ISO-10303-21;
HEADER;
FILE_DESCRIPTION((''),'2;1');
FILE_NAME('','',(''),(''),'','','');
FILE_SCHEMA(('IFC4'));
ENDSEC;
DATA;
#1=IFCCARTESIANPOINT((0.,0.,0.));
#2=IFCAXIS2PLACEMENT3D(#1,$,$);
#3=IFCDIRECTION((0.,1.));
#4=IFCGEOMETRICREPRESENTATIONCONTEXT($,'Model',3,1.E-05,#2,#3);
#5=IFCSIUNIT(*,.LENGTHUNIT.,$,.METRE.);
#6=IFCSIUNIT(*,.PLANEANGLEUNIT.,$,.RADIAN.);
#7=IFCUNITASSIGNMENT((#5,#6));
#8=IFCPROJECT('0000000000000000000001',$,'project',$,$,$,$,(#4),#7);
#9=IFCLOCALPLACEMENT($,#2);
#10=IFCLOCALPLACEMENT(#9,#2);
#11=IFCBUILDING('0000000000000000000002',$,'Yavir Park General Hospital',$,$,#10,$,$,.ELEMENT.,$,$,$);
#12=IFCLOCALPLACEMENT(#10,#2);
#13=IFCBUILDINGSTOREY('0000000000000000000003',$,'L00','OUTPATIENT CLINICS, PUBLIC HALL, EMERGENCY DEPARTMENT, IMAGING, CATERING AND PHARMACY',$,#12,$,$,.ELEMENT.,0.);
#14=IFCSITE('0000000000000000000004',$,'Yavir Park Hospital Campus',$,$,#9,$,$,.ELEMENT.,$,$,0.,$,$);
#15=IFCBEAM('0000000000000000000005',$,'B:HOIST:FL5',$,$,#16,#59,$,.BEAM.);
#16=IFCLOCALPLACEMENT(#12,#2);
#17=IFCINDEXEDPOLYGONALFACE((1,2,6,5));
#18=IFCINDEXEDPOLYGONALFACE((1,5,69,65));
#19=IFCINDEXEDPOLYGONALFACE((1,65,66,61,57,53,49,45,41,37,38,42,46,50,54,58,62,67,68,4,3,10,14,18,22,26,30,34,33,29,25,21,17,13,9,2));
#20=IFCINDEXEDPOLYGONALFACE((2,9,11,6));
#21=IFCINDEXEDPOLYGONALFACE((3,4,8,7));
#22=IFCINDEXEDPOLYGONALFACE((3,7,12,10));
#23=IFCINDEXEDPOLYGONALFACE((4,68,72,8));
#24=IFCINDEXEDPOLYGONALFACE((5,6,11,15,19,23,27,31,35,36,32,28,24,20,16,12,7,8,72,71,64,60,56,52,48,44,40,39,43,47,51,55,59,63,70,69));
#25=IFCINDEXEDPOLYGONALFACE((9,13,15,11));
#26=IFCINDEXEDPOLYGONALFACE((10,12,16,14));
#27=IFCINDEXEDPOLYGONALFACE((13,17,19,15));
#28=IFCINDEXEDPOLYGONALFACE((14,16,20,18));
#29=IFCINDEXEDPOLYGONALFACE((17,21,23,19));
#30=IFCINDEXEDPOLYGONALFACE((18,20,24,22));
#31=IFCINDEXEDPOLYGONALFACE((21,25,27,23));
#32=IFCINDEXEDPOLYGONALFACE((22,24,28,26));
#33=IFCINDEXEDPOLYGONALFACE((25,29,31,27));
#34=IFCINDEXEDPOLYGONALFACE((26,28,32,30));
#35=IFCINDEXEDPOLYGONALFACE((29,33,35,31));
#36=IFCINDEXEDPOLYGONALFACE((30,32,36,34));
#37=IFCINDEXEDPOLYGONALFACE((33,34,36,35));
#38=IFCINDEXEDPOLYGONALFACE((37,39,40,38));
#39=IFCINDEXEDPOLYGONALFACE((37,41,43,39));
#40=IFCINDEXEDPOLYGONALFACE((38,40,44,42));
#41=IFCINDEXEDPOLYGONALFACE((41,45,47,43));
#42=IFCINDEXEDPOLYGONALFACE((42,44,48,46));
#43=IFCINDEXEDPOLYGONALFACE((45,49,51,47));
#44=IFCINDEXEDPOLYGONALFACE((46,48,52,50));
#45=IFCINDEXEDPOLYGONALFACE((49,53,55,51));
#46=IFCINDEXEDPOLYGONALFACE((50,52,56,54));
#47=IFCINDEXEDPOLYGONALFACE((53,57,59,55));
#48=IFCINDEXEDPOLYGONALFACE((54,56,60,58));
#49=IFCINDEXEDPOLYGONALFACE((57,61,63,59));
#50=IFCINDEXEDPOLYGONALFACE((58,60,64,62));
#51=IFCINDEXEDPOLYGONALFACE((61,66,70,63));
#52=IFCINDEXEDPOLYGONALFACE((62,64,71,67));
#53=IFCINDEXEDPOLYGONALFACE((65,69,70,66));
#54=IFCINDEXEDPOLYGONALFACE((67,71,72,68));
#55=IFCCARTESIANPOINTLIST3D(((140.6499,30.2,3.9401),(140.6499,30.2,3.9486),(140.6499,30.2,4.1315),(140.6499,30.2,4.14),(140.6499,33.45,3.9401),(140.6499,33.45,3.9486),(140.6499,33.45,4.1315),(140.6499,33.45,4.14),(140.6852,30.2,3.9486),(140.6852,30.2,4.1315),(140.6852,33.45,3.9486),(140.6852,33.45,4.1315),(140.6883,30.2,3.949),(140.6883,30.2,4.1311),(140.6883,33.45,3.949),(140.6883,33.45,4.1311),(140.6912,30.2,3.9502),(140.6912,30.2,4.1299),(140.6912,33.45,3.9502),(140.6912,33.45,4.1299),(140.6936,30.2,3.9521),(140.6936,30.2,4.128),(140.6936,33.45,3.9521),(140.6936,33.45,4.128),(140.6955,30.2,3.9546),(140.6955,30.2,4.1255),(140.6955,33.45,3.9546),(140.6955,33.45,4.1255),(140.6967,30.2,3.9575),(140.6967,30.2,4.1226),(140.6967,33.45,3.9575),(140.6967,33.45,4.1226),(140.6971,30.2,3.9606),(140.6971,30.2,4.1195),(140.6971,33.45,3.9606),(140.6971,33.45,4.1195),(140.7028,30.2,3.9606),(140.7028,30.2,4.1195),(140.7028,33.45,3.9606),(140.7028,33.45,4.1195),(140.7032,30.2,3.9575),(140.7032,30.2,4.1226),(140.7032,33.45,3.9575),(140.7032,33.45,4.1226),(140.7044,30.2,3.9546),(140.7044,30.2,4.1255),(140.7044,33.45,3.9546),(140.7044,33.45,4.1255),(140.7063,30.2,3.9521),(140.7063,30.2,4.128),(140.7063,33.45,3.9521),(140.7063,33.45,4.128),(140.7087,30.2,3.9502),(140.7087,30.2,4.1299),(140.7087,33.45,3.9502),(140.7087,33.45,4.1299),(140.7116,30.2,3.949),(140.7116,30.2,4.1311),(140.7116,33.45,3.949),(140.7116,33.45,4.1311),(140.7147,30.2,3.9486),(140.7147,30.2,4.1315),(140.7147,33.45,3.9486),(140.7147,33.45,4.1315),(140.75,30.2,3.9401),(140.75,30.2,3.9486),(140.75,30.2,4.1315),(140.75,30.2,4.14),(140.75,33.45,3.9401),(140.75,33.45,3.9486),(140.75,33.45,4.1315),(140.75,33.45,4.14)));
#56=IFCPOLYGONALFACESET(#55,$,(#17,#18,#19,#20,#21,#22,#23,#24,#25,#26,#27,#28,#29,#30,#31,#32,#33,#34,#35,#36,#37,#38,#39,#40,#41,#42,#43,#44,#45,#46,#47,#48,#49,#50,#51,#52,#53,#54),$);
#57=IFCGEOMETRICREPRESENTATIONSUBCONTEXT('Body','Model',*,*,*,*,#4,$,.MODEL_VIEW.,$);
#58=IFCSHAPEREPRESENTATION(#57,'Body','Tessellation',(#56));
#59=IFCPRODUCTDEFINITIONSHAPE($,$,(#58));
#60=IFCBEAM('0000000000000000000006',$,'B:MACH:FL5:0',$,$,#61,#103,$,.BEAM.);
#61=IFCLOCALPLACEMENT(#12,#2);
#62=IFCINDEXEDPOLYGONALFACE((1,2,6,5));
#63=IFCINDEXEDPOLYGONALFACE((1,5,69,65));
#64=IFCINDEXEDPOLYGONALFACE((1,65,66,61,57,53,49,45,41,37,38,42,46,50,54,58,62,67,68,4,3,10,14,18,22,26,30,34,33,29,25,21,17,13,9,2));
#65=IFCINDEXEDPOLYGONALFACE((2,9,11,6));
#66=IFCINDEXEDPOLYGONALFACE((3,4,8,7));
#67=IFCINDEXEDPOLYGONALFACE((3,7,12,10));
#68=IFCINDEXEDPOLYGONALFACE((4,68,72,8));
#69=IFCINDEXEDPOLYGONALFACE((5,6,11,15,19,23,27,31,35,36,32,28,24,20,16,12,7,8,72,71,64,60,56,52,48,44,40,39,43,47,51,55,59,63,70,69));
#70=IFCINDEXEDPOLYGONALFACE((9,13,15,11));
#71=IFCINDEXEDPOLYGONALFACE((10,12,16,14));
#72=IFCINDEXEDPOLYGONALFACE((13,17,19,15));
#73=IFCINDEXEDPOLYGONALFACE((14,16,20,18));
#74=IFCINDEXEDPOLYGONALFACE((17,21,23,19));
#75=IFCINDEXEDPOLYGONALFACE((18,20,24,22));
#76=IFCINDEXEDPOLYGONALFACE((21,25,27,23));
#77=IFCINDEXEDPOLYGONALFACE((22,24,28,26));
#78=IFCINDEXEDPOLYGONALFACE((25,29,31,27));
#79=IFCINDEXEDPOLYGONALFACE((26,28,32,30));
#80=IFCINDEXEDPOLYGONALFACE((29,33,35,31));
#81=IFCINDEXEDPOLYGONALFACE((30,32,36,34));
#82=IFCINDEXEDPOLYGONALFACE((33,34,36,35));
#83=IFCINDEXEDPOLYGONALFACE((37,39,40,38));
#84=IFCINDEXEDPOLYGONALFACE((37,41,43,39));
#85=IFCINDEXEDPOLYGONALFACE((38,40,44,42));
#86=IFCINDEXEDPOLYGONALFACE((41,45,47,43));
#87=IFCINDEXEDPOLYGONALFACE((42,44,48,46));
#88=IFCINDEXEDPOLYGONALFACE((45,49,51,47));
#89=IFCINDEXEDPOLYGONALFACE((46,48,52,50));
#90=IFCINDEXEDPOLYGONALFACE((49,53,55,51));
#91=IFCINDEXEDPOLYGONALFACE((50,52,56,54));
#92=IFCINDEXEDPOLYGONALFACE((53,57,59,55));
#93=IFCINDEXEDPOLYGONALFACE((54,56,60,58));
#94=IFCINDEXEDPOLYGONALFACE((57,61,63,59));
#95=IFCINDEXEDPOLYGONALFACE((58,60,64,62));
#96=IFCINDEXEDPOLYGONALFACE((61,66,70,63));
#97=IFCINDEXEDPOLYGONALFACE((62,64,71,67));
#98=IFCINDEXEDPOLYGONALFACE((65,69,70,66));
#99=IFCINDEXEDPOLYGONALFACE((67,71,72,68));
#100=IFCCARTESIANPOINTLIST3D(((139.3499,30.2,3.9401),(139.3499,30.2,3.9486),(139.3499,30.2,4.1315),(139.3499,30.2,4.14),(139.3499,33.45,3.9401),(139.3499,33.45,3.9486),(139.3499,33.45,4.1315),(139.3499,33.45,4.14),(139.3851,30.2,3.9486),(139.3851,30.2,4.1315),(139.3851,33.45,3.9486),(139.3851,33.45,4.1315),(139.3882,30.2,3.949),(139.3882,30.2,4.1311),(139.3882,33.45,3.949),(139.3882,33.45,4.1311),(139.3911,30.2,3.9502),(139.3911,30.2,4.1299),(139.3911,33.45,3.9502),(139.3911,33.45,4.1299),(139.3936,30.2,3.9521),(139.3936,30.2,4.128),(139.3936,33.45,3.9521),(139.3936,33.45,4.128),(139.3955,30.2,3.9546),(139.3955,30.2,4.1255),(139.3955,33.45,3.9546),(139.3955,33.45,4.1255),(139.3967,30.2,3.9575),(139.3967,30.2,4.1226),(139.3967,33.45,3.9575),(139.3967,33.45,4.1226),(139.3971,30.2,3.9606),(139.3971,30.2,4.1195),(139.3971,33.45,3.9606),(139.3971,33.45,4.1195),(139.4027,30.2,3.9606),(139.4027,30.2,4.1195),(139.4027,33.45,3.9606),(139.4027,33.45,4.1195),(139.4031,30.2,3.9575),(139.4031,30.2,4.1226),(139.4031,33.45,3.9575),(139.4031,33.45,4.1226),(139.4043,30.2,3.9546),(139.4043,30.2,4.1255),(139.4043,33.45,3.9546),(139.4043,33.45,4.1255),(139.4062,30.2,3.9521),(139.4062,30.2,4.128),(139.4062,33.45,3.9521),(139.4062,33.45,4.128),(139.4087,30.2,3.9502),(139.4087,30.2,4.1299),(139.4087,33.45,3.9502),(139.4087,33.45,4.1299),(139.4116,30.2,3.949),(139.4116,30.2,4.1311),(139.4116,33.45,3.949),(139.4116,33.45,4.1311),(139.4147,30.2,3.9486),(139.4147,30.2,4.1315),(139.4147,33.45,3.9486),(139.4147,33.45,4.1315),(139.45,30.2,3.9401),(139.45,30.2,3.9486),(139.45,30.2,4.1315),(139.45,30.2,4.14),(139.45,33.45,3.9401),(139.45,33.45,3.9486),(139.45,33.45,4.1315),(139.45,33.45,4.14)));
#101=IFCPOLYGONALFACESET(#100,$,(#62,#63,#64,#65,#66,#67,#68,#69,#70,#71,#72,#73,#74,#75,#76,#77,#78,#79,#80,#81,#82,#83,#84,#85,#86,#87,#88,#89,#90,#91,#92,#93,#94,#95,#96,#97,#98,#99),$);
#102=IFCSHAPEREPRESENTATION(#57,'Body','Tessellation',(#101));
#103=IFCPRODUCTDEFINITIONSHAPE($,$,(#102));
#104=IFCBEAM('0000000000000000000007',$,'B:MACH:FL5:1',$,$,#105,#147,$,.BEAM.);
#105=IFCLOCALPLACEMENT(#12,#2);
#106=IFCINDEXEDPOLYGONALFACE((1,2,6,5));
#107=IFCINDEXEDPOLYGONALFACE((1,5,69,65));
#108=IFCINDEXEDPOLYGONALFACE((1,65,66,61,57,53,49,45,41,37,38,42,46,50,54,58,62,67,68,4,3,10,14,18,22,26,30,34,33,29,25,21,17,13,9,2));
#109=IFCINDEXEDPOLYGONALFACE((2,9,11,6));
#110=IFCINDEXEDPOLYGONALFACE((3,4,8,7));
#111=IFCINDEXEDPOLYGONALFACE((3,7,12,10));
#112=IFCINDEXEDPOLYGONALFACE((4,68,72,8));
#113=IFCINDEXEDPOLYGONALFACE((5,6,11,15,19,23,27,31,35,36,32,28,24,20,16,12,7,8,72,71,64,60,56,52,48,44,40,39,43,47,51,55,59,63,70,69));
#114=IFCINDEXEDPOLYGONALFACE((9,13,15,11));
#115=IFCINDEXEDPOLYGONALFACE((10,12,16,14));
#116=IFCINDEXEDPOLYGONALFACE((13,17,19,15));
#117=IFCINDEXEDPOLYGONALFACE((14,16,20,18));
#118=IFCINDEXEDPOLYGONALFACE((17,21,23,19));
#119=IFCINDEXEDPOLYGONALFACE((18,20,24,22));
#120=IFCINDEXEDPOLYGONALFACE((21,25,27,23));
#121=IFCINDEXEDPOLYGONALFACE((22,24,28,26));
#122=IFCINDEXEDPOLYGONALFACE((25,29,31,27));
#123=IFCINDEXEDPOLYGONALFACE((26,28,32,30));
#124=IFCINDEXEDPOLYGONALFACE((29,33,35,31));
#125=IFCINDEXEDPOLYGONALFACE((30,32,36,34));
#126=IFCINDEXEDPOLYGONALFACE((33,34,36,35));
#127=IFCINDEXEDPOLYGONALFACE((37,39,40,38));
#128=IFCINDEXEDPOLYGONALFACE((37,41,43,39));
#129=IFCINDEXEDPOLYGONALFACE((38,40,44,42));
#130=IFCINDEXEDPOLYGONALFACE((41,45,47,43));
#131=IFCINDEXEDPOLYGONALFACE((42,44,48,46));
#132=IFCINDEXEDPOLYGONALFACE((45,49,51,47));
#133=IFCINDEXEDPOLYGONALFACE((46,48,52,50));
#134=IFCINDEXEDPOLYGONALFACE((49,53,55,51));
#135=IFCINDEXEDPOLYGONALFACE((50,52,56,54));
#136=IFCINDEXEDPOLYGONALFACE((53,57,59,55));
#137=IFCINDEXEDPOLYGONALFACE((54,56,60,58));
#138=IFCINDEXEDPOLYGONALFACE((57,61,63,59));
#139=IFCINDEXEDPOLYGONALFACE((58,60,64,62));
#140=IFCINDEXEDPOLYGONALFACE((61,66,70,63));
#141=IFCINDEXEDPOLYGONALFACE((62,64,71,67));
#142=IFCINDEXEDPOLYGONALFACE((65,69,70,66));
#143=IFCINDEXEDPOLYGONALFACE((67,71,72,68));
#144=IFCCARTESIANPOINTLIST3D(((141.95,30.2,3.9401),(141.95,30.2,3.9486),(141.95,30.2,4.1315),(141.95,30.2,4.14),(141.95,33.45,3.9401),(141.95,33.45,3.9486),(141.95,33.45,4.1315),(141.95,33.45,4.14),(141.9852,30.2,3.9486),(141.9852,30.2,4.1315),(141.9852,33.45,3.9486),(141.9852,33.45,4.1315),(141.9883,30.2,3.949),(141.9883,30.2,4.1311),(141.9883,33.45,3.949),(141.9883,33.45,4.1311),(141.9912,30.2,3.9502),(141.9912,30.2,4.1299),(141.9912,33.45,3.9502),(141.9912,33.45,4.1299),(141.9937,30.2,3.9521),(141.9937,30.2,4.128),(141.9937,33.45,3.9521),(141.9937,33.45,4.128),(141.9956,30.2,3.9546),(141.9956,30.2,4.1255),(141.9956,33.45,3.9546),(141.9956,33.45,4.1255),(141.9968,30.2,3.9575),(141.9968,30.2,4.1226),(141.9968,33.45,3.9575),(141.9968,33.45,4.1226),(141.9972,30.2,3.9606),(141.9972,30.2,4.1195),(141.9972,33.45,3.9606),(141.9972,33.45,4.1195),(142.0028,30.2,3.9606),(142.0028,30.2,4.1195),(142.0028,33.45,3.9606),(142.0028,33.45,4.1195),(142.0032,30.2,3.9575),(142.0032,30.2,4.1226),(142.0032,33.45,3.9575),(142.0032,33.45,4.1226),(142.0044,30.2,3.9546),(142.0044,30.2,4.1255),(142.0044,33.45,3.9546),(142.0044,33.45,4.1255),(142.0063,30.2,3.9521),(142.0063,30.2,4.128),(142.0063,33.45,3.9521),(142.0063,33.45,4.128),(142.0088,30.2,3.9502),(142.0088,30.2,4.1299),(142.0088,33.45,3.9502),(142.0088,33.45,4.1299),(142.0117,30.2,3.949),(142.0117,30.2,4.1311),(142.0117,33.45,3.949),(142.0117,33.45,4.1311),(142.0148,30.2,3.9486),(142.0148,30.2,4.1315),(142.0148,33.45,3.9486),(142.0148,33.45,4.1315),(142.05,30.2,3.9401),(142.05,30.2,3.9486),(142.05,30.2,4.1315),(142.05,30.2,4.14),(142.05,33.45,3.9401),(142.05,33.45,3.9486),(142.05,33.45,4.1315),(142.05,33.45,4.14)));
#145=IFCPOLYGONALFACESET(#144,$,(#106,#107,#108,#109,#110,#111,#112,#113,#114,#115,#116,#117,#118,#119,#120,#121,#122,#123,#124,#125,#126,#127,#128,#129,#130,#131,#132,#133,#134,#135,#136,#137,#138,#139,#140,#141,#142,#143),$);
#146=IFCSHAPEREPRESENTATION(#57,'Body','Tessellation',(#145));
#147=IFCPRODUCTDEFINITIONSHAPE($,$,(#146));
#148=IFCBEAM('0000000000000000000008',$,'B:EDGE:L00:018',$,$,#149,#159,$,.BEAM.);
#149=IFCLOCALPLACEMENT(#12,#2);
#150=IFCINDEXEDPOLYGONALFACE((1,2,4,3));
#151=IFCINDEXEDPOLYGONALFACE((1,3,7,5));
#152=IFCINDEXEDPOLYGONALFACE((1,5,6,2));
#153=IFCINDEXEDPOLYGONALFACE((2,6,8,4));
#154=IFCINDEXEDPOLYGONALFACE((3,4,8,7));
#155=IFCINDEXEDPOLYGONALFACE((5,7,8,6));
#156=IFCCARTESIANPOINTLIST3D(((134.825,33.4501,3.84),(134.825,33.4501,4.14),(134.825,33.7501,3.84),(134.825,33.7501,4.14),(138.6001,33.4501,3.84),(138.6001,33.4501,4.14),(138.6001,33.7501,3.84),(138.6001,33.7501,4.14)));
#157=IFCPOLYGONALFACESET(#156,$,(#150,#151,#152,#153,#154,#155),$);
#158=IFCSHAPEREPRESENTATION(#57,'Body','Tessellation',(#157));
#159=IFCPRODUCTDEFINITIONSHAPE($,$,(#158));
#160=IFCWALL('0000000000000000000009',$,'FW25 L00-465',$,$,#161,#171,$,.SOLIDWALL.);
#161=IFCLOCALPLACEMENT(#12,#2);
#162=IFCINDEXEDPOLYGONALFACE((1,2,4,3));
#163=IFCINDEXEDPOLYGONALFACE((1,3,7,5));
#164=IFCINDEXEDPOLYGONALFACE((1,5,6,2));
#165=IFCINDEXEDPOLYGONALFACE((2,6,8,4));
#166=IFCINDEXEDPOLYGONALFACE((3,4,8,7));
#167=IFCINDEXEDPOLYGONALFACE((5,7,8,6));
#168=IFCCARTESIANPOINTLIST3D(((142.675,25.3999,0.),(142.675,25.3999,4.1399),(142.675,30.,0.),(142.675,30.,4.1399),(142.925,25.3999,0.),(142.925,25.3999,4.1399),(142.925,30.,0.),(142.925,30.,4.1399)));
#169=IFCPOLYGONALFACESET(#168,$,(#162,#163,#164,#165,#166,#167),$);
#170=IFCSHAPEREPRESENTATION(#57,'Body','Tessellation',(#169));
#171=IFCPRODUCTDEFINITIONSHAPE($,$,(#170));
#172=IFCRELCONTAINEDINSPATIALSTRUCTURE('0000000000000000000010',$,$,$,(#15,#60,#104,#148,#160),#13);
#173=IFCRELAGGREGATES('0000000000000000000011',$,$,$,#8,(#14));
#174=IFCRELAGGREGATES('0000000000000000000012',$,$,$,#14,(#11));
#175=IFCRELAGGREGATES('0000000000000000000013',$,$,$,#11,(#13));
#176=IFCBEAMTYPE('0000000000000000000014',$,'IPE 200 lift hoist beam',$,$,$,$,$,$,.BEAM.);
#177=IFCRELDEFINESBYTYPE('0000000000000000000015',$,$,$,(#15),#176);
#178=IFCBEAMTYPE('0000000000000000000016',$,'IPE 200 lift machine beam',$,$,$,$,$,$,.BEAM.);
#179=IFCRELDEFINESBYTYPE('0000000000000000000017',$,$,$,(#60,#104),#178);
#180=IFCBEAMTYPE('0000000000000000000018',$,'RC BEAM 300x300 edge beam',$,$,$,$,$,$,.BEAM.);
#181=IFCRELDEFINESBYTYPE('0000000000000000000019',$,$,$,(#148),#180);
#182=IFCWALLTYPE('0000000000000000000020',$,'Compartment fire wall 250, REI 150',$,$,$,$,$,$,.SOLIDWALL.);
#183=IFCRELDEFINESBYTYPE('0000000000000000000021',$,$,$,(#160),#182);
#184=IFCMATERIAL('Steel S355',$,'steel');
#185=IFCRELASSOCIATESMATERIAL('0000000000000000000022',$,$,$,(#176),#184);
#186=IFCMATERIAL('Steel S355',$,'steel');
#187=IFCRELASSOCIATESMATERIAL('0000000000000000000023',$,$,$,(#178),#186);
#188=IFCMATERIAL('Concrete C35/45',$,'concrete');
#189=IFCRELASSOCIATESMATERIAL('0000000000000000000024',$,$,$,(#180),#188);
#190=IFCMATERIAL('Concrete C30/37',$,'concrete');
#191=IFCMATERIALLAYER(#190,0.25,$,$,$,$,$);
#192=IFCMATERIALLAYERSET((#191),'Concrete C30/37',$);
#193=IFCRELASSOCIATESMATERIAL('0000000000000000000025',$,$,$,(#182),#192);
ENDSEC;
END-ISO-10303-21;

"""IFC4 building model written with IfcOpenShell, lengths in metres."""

from ifc_helpers import new_model, si_unit, direction, frame, frame_2d, origin, origin_2d, place, context, subcontext, project, spatial, rectangle, i_section, extrude, material, layer, layer_set, material_profile, profile_set, type_object, element, save


model = new_model("IFC4")

# Units and contexts
model_context = context("Model", 3, precision=1e-05, world=origin(), true_north=direction((0.0, 1.0)))
body_context = subcontext(model_context, "Body", "Model", "MODEL_VIEW")
ifc_project = project(units=[si_unit("LENGTHUNIT", "METRE"), si_unit("PLANEANGLEUNIT", "RADIAN")], contexts=[model_context])

# Site, building, storey
site_placement = place(None, origin())
site = spatial("IfcSite", under=ifc_project, at=site_placement, Name="Yavir Park Hospital Campus", CompositionType="ELEMENT", RefElevation=0.0)
building_placement = place(site_placement, origin())
building = spatial("IfcBuilding", under=site, at=building_placement, Name="Yavir Park General Hospital", CompositionType="ELEMENT")
storey_placement = place(building_placement, origin())
storey = spatial("IfcBuildingStorey", under=building, at=storey_placement, Name="L00", Description="OUTPATIENT CLINICS, PUBLIC HALL, EMERGENCY DEPARTMENT, IMAGING, CATERING AND PHARMACY", CompositionType="ELEMENT", Elevation=0.0)

# Beams
ifc_material_1 = material(Name="Steel S355", Category="steel")
ifc_material_profile_1 = material_profile(ifc_material_1, i_section(OverallWidth=0.1001, OverallDepth=0.2, WebThickness=0.0056, FlangeThickness=0.0085, FilletRadius=0.012, at=origin_2d()), Name="IPE200")
ifc_profile_set_1 = profile_set([ifc_material_profile_1], Name="Steel S355")
beam_type_1 = type_object("IfcBeamType", Name="IPE 200 lift hoist beam", PredefinedType="BEAM", material=ifc_profile_set_1)
beam_1_placement = place(storey_placement, frame((140.7, 30.2, 4.04), z_axis=(0.0, 1.0, 0.0), x_axis=(-1.0, 0.0, 0.0)))
element("IfcBeam", 1, at=beam_1_placement, inside=storey, type_object=beam_type_1, Name="B:HOIST:FL5", PredefinedType="BEAM", context=body_context, shape_type="SweptSolid", body=[
    extrude(i_section(OverallWidth=0.1001, OverallDepth=0.2, WebThickness=0.0056, FlangeThickness=0.0085, FilletRadius=0.012, at=origin_2d()), origin(), (0.0, 0.0, 1.0), 3.25),
])
ifc_material_2 = material(Name="Steel S355", Category="steel")
ifc_material_profile_2 = material_profile(ifc_material_2, i_section(OverallWidth=0.1001, OverallDepth=0.2, WebThickness=0.0056, FlangeThickness=0.0085, FilletRadius=0.012, at=origin_2d()), Name="IPE200")
ifc_profile_set_2 = profile_set([ifc_material_profile_2], Name="Steel S355")
beam_type_2 = type_object("IfcBeamType", Name="IPE 200 lift machine beam", PredefinedType="BEAM", material=ifc_profile_set_2)
for number, where, z_axis, x_axis, name in (
    (2, (139.3999, 30.2, 4.04), (0.0, 1.0, 0.0), (-1.0, 0.0, 0.0), "B:MACH:FL5:0"),
    (3, (142.0, 30.2, 4.04), (0.0, 1.0, 0.0), (-1.0, 0.0, 0.0), "B:MACH:FL5:1"),
):
    element("IfcBeam", number, at=place(storey_placement, frame(where, z_axis=z_axis, x_axis=x_axis)), inside=storey, type_object=beam_type_2, Name=name, PredefinedType="BEAM", context=body_context, shape_type="SweptSolid", body=[
        extrude(i_section(OverallWidth=0.1001, OverallDepth=0.2, WebThickness=0.0056, FlangeThickness=0.0085, FilletRadius=0.012, at=origin_2d()), origin(), (0.0, 0.0, 1.0), 3.25),
    ])
ifc_material_3 = material(Name="Concrete C35/45", Category="concrete")
ifc_material_profile_3 = material_profile(ifc_material_3, rectangle(XDim=0.3, YDim=0.3, at=origin_2d()), Name="RC300x300")
ifc_profile_set_3 = profile_set([ifc_material_profile_3], Name="Concrete C35/45")
beam_type_3 = type_object("IfcBeamType", Name="RC BEAM 300x300 edge beam", PredefinedType="BEAM", material=ifc_profile_set_3)
beam_2_placement = place(storey_placement, frame((134.825, 33.6001, 3.99), z_axis=(1.0, 0.0, 0.0), x_axis=(0.0, 1.0, 0.0)))
element("IfcBeam", 4, at=beam_2_placement, inside=storey, type_object=beam_type_3, Name="B:EDGE:L00:018", PredefinedType="BEAM", context=body_context, shape_type="SweptSolid", body=[
    extrude(rectangle(XDim=0.3, YDim=0.3, at=origin_2d()), origin(), (0.0, 0.0, 1.0), 3.7751),
])

# Wall
ifc_material_4 = material(Name="Concrete C30/37", Category="concrete")
ifc_layer_1 = layer(ifc_material_4, 0.25)
ifc_layer_set_1 = layer_set([ifc_layer_1], Name="Concrete C30/37")
wall_type_1 = type_object("IfcWallType", Name="Compartment fire wall 250, REI 150", PredefinedType="SOLIDWALL", material=ifc_layer_set_1)
wall_1_placement = place(storey_placement, frame((142.8, 25.3999, 0.0), z_axis=(0.0, 0.0, 1.0), x_axis=(0.0, 1.0, 0.0)))
element("IfcWall", 5, at=wall_1_placement, inside=storey, type_object=wall_type_1, Name="FW25 L00-465", PredefinedType="SOLIDWALL", context=body_context, shape_type="SweptSolid", body=[
    extrude(rectangle(XDim=4.6001, YDim=0.25, at=frame_2d((2.3, 0.0))), origin(), (0.0, 0.0, 1.0), 4.1399),
])

save(model, "model.ifc")
